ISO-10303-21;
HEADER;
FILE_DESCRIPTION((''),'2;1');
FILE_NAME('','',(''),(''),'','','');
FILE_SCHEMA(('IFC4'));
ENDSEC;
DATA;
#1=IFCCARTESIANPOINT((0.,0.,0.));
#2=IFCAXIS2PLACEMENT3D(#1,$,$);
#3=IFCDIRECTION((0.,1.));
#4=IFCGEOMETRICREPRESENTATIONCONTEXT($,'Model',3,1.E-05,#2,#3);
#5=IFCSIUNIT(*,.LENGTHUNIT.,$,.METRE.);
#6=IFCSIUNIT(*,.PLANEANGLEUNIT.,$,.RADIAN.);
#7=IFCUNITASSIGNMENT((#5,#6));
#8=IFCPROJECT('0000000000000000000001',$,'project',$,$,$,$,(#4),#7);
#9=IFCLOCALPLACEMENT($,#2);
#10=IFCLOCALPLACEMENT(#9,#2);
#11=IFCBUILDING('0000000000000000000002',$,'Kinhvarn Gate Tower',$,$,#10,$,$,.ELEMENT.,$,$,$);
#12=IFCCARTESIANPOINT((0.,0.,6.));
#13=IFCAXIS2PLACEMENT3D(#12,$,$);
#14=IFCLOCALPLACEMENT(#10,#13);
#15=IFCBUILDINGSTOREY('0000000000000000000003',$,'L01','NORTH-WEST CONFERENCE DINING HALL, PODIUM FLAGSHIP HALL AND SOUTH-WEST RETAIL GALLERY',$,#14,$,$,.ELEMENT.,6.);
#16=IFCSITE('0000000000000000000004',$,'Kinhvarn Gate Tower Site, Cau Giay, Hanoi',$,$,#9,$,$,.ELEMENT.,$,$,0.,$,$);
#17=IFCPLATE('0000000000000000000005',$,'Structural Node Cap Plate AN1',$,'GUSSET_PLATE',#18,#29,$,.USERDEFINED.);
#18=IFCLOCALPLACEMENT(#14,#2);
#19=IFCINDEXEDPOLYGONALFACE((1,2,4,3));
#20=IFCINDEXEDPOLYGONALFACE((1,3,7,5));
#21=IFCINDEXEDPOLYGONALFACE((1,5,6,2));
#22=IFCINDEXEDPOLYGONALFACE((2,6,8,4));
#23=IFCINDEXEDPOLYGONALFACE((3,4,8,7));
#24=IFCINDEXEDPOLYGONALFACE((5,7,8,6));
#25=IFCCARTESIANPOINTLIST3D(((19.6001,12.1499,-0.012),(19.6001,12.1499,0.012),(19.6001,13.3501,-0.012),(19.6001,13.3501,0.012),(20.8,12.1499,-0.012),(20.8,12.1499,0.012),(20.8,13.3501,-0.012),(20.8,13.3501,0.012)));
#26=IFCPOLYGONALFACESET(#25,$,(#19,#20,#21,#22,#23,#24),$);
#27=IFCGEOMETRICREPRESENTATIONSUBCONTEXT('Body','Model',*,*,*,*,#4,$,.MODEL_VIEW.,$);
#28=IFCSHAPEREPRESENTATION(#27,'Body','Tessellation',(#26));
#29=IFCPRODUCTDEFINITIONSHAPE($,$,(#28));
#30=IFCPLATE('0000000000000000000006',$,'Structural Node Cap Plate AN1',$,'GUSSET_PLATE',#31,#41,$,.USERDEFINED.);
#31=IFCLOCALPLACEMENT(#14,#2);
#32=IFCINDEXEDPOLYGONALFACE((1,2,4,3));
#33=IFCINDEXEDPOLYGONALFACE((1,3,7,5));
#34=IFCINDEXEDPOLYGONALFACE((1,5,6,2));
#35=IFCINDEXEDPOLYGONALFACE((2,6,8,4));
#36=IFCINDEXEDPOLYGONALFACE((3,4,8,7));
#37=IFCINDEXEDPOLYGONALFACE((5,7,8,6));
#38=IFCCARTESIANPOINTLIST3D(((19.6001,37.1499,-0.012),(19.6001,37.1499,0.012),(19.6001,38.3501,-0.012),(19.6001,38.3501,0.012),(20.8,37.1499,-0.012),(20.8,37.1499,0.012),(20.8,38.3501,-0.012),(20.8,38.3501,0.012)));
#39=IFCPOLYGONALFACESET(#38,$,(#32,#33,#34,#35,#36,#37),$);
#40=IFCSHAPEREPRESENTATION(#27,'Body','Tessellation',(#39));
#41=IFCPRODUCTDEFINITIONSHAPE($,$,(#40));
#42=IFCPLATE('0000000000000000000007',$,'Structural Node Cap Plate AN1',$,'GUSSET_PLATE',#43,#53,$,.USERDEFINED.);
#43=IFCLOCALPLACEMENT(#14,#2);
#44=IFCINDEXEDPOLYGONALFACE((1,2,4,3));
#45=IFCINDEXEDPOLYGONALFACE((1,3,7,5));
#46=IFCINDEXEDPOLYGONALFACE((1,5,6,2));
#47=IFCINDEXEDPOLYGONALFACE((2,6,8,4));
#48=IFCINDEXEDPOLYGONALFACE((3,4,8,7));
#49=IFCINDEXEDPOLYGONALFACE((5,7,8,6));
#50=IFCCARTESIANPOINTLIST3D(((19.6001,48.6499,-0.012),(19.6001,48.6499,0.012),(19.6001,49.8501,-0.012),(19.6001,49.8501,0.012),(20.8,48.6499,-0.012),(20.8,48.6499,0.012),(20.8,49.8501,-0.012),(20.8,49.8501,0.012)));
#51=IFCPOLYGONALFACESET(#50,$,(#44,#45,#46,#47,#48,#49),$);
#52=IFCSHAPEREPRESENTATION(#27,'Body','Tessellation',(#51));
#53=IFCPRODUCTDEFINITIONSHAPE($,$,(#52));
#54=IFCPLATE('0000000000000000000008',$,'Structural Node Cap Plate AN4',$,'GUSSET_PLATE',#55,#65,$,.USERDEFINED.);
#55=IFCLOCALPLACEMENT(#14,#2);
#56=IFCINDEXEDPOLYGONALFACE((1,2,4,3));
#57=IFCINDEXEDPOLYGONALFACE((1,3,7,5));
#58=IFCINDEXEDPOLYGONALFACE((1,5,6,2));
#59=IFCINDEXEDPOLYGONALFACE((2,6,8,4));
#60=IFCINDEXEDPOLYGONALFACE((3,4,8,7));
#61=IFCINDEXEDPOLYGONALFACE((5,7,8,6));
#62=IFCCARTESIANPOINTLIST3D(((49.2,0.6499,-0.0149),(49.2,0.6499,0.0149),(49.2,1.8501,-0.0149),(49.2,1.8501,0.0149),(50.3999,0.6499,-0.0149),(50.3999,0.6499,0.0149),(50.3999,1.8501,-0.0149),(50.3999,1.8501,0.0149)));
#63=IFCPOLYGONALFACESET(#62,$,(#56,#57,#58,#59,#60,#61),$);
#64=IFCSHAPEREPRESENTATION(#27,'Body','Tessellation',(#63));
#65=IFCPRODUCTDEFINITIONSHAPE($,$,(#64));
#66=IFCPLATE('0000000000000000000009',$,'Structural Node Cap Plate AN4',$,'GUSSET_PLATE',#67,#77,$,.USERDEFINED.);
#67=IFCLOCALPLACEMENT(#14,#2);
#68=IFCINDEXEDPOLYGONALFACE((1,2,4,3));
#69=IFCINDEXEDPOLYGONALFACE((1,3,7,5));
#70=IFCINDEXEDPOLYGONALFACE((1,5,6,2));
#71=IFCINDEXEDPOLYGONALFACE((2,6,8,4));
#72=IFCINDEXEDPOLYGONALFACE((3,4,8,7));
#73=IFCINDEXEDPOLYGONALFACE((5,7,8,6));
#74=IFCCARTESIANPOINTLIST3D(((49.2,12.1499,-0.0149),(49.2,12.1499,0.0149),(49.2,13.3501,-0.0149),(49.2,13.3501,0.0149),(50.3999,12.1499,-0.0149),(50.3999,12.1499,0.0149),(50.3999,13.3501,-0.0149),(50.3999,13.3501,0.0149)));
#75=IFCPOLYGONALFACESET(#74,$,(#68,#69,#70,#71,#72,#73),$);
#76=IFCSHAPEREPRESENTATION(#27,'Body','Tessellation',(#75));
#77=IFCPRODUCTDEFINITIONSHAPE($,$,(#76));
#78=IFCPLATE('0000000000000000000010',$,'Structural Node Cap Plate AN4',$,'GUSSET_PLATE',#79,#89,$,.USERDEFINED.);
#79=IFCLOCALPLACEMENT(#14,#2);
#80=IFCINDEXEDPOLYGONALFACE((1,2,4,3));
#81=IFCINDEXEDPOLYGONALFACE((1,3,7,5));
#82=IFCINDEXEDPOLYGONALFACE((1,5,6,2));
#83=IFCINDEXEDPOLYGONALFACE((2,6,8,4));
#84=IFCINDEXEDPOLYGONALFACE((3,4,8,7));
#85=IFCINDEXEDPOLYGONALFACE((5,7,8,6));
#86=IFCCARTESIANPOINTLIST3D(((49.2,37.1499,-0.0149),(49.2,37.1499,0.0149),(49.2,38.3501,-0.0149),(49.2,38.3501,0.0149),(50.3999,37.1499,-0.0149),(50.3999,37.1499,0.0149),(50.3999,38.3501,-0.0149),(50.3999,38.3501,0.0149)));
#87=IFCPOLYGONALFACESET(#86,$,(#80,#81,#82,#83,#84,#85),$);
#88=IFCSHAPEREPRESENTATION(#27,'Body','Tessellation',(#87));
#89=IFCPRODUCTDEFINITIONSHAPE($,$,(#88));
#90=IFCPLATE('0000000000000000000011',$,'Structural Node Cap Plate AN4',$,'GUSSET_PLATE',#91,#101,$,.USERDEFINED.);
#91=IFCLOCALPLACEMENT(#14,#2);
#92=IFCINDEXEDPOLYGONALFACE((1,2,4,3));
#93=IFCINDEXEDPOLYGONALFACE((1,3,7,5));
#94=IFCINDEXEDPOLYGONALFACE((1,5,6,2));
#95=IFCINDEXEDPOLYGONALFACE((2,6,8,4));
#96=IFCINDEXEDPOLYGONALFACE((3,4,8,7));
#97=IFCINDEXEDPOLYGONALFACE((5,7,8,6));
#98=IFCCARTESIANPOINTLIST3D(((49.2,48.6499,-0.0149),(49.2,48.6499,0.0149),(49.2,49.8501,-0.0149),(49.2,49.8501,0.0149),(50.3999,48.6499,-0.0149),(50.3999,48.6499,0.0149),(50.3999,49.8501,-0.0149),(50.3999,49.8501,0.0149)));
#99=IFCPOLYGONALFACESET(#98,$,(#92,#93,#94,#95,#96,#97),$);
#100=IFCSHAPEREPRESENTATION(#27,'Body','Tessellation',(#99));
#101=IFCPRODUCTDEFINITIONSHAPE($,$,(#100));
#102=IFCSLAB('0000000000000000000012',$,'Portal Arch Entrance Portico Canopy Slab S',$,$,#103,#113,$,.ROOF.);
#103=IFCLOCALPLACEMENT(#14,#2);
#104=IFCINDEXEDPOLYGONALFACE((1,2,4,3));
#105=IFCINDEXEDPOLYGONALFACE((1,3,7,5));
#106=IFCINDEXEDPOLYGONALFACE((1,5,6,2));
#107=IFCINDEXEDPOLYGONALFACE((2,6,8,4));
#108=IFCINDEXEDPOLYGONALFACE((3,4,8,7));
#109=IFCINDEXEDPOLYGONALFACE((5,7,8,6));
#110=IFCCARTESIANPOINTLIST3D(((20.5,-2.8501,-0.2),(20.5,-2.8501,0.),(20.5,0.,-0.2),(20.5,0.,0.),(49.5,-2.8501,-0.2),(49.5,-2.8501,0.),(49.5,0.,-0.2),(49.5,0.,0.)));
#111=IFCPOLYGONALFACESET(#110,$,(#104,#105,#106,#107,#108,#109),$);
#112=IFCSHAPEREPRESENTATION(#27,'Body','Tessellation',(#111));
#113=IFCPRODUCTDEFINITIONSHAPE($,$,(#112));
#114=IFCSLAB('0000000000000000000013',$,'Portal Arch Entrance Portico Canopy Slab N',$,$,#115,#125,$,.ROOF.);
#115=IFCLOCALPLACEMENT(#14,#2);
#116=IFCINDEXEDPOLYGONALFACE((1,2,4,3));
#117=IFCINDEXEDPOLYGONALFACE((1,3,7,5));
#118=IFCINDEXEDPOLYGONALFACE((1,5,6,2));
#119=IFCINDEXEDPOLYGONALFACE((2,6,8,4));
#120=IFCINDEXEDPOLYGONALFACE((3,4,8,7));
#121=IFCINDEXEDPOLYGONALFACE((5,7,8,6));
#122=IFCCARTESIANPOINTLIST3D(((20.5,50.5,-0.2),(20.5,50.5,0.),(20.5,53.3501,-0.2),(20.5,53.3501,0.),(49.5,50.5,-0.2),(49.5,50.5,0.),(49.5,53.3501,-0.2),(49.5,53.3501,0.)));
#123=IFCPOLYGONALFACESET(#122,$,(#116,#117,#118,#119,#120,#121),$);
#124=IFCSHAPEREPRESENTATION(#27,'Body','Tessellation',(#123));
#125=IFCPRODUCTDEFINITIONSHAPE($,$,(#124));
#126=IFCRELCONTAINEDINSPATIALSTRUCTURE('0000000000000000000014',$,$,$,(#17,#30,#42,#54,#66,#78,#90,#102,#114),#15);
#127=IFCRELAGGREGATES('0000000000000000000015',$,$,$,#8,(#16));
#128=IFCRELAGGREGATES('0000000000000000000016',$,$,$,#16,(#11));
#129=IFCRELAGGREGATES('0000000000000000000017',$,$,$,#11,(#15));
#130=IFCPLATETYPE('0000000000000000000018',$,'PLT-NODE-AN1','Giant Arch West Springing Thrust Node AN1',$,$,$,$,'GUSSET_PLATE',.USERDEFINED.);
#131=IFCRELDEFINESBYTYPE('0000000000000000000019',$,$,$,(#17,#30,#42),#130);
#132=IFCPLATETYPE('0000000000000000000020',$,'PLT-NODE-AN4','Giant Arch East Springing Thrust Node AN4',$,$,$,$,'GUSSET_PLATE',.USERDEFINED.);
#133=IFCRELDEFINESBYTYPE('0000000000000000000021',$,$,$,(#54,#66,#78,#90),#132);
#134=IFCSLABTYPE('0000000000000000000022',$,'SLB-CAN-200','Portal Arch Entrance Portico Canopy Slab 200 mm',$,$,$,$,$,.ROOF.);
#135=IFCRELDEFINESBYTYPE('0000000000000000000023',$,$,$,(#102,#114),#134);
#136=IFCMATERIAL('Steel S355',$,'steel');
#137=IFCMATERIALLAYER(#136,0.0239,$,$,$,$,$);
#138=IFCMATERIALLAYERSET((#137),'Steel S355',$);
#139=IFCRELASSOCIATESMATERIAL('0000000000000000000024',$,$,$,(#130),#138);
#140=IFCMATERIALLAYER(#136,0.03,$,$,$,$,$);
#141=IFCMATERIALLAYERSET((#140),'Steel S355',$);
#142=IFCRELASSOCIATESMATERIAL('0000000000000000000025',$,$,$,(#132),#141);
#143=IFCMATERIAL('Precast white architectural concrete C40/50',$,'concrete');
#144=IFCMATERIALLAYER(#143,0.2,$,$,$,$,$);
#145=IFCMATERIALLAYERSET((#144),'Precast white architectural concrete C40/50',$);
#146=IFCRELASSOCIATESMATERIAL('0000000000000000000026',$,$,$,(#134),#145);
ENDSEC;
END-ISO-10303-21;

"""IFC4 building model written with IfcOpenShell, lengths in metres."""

from ifc_helpers import new_model, si_unit, direction, frame, origin, place, context, subcontext, project, spatial, polyline, outline, extrude, material, layer, layer_set, type_object, element, save


model = new_model("IFC4")

# Units and contexts
model_context = context("Model", 3, precision=1e-05, world=origin(), true_north=direction((0.0, 1.0)))
body_context = subcontext(model_context, "Body", "Model", "MODEL_VIEW")
ifc_project = project(units=[si_unit("LENGTHUNIT", "METRE"), si_unit("PLANEANGLEUNIT", "RADIAN")], contexts=[model_context])

# Site, building, storey
site_placement = place(None, origin())
site = spatial("IfcSite", under=ifc_project, at=site_placement, Name="Kinhvarn Gate Tower Site, Cau Giay, Hanoi", CompositionType="ELEMENT", RefElevation=0.0)
building_placement = place(site_placement, origin())
building = spatial("IfcBuilding", under=site, at=building_placement, Name="Kinhvarn Gate Tower", CompositionType="ELEMENT")
storey_placement = place(building_placement, frame((0.0, 0.0, 6.0)))
storey = spatial("IfcBuildingStorey", under=building, at=storey_placement, Name="L01", Description="NORTH-WEST CONFERENCE DINING HALL, PODIUM FLAGSHIP HALL AND SOUTH-WEST RETAIL GALLERY", CompositionType="ELEMENT", Elevation=6.0)

# Shared definitions
ifc_material_1 = material(Name="Steel S355", Category="steel")

# Plates
ifc_layer_1 = layer(ifc_material_1, 0.0239)
ifc_layer_set_1 = layer_set([ifc_layer_1], Name="Steel S355")
plate_type_1 = type_object("IfcPlateType", Name="PLT-NODE-AN1", Description="Giant Arch West Springing Thrust Node AN1", ElementType="GUSSET_PLATE", PredefinedType="USERDEFINED", material=ifc_layer_set_1)
plate_1_placement = place(storey_placement, frame((0.0, 0.0, -0.012)))
element("IfcPlate", 1, at=plate_1_placement, inside=storey, type_object=plate_type_1, Name="Structural Node Cap Plate AN1", ObjectType="GUSSET_PLATE", PredefinedType="USERDEFINED", context=body_context, shape_type="SweptSolid", body=[
    extrude(outline(polyline([(19.6001, 12.1499), (20.8, 12.1499), (20.8, 13.3501), (19.6001, 13.3501), (19.6001, 12.1499)])), origin(), (0.0, 0.0, 1.0), 0.0239),
])
plate_2_placement = place(storey_placement, frame((0.0, 0.0, -0.012)))
element("IfcPlate", 2, at=plate_2_placement, inside=storey, type_object=plate_type_1, Name="Structural Node Cap Plate AN1", ObjectType="GUSSET_PLATE", PredefinedType="USERDEFINED", context=body_context, shape_type="SweptSolid", body=[
    extrude(outline(polyline([(19.6001, 37.1499), (20.8, 37.1499), (20.8, 38.3501), (19.6001, 38.3501), (19.6001, 37.1499)])), origin(), (0.0, 0.0, 1.0), 0.0239),
])
plate_3_placement = place(storey_placement, frame((0.0, 0.0, -0.012)))
element("IfcPlate", 3, at=plate_3_placement, inside=storey, type_object=plate_type_1, Name="Structural Node Cap Plate AN1", ObjectType="GUSSET_PLATE", PredefinedType="USERDEFINED", context=body_context, shape_type="SweptSolid", body=[
    extrude(outline(polyline([(19.6001, 48.6499), (20.8, 48.6499), (20.8, 49.8501), (19.6001, 49.8501), (19.6001, 48.6499)])), origin(), (0.0, 0.0, 1.0), 0.0239),
])
ifc_layer_2 = layer(ifc_material_1, 0.03)
ifc_layer_set_2 = layer_set([ifc_layer_2], Name="Steel S355")
plate_type_2 = type_object("IfcPlateType", Name="PLT-NODE-AN4", Description="Giant Arch East Springing Thrust Node AN4", ElementType="GUSSET_PLATE", PredefinedType="USERDEFINED", material=ifc_layer_set_2)
plate_4_placement = place(storey_placement, frame((0.0, 0.0, -0.0149)))
element("IfcPlate", 4, at=plate_4_placement, inside=storey, type_object=plate_type_2, Name="Structural Node Cap Plate AN4", ObjectType="GUSSET_PLATE", PredefinedType="USERDEFINED", context=body_context, shape_type="SweptSolid", body=[
    extrude(outline(polyline([(49.2, 0.6499), (50.3999, 0.6499), (50.3999, 1.8501), (49.2, 1.8501), (49.2, 0.6499)])), origin(), (0.0, 0.0, 1.0), 0.0298),
])
plate_5_placement = place(storey_placement, frame((0.0, 0.0, -0.0149)))
element("IfcPlate", 5, at=plate_5_placement, inside=storey, type_object=plate_type_2, Name="Structural Node Cap Plate AN4", ObjectType="GUSSET_PLATE", PredefinedType="USERDEFINED", context=body_context, shape_type="SweptSolid", body=[
    extrude(outline(polyline([(49.2, 12.1499), (50.3999, 12.1499), (50.3999, 13.3501), (49.2, 13.3501), (49.2, 12.1499)])), origin(), (0.0, 0.0, 1.0), 0.0298),
])
plate_6_placement = place(storey_placement, frame((0.0, 0.0, -0.0149)))
element("IfcPlate", 6, at=plate_6_placement, inside=storey, type_object=plate_type_2, Name="Structural Node Cap Plate AN4", ObjectType="GUSSET_PLATE", PredefinedType="USERDEFINED", context=body_context, shape_type="SweptSolid", body=[
    extrude(outline(polyline([(49.2, 37.1499), (50.3999, 37.1499), (50.3999, 38.3501), (49.2, 38.3501), (49.2, 37.1499)])), origin(), (0.0, 0.0, 1.0), 0.0298),
])
plate_7_placement = place(storey_placement, frame((0.0, 0.0, -0.0149)))
element("IfcPlate", 7, at=plate_7_placement, inside=storey, type_object=plate_type_2, Name="Structural Node Cap Plate AN4", ObjectType="GUSSET_PLATE", PredefinedType="USERDEFINED", context=body_context, shape_type="SweptSolid", body=[
    extrude(outline(polyline([(49.2, 48.6499), (50.3999, 48.6499), (50.3999, 49.8501), (49.2, 49.8501), (49.2, 48.6499)])), origin(), (0.0, 0.0, 1.0), 0.0298),
])

# Slabs
ifc_material_2 = material(Name="Precast white architectural concrete C40/50", Category="concrete")
ifc_layer_3 = layer(ifc_material_2, 0.2)
ifc_layer_set_3 = layer_set([ifc_layer_3], Name="Precast white architectural concrete C40/50")
slab_type_1 = type_object("IfcSlabType", Name="SLB-CAN-200", Description="Portal Arch Entrance Portico Canopy Slab 200 mm", PredefinedType="ROOF", material=ifc_layer_set_3)
slab_1_placement = place(storey_placement, frame((0.0, 0.0, -0.2)))
element("IfcSlab", 8, at=slab_1_placement, inside=storey, type_object=slab_type_1, Name="Portal Arch Entrance Portico Canopy Slab S", PredefinedType="ROOF", context=body_context, shape_type="SweptSolid", body=[
    extrude(outline(polyline([(20.5, -2.8501), (49.5, -2.8501), (49.5, 0.0), (20.5, 0.0), (20.5, -2.8501)])), origin(), (0.0, 0.0, 1.0), 0.2),
])
slab_2_placement = place(storey_placement, frame((0.0, 0.0, -0.2)))
element("IfcSlab", 9, at=slab_2_placement, inside=storey, type_object=slab_type_1, Name="Portal Arch Entrance Portico Canopy Slab N", PredefinedType="ROOF", context=body_context, shape_type="SweptSolid", body=[
    extrude(outline(polyline([(20.5, 50.5), (49.5, 50.5), (49.5, 53.3501), (20.5, 53.3501), (20.5, 50.5)])), origin(), (0.0, 0.0, 1.0), 0.2),
])

save(model, "model.ifc")
